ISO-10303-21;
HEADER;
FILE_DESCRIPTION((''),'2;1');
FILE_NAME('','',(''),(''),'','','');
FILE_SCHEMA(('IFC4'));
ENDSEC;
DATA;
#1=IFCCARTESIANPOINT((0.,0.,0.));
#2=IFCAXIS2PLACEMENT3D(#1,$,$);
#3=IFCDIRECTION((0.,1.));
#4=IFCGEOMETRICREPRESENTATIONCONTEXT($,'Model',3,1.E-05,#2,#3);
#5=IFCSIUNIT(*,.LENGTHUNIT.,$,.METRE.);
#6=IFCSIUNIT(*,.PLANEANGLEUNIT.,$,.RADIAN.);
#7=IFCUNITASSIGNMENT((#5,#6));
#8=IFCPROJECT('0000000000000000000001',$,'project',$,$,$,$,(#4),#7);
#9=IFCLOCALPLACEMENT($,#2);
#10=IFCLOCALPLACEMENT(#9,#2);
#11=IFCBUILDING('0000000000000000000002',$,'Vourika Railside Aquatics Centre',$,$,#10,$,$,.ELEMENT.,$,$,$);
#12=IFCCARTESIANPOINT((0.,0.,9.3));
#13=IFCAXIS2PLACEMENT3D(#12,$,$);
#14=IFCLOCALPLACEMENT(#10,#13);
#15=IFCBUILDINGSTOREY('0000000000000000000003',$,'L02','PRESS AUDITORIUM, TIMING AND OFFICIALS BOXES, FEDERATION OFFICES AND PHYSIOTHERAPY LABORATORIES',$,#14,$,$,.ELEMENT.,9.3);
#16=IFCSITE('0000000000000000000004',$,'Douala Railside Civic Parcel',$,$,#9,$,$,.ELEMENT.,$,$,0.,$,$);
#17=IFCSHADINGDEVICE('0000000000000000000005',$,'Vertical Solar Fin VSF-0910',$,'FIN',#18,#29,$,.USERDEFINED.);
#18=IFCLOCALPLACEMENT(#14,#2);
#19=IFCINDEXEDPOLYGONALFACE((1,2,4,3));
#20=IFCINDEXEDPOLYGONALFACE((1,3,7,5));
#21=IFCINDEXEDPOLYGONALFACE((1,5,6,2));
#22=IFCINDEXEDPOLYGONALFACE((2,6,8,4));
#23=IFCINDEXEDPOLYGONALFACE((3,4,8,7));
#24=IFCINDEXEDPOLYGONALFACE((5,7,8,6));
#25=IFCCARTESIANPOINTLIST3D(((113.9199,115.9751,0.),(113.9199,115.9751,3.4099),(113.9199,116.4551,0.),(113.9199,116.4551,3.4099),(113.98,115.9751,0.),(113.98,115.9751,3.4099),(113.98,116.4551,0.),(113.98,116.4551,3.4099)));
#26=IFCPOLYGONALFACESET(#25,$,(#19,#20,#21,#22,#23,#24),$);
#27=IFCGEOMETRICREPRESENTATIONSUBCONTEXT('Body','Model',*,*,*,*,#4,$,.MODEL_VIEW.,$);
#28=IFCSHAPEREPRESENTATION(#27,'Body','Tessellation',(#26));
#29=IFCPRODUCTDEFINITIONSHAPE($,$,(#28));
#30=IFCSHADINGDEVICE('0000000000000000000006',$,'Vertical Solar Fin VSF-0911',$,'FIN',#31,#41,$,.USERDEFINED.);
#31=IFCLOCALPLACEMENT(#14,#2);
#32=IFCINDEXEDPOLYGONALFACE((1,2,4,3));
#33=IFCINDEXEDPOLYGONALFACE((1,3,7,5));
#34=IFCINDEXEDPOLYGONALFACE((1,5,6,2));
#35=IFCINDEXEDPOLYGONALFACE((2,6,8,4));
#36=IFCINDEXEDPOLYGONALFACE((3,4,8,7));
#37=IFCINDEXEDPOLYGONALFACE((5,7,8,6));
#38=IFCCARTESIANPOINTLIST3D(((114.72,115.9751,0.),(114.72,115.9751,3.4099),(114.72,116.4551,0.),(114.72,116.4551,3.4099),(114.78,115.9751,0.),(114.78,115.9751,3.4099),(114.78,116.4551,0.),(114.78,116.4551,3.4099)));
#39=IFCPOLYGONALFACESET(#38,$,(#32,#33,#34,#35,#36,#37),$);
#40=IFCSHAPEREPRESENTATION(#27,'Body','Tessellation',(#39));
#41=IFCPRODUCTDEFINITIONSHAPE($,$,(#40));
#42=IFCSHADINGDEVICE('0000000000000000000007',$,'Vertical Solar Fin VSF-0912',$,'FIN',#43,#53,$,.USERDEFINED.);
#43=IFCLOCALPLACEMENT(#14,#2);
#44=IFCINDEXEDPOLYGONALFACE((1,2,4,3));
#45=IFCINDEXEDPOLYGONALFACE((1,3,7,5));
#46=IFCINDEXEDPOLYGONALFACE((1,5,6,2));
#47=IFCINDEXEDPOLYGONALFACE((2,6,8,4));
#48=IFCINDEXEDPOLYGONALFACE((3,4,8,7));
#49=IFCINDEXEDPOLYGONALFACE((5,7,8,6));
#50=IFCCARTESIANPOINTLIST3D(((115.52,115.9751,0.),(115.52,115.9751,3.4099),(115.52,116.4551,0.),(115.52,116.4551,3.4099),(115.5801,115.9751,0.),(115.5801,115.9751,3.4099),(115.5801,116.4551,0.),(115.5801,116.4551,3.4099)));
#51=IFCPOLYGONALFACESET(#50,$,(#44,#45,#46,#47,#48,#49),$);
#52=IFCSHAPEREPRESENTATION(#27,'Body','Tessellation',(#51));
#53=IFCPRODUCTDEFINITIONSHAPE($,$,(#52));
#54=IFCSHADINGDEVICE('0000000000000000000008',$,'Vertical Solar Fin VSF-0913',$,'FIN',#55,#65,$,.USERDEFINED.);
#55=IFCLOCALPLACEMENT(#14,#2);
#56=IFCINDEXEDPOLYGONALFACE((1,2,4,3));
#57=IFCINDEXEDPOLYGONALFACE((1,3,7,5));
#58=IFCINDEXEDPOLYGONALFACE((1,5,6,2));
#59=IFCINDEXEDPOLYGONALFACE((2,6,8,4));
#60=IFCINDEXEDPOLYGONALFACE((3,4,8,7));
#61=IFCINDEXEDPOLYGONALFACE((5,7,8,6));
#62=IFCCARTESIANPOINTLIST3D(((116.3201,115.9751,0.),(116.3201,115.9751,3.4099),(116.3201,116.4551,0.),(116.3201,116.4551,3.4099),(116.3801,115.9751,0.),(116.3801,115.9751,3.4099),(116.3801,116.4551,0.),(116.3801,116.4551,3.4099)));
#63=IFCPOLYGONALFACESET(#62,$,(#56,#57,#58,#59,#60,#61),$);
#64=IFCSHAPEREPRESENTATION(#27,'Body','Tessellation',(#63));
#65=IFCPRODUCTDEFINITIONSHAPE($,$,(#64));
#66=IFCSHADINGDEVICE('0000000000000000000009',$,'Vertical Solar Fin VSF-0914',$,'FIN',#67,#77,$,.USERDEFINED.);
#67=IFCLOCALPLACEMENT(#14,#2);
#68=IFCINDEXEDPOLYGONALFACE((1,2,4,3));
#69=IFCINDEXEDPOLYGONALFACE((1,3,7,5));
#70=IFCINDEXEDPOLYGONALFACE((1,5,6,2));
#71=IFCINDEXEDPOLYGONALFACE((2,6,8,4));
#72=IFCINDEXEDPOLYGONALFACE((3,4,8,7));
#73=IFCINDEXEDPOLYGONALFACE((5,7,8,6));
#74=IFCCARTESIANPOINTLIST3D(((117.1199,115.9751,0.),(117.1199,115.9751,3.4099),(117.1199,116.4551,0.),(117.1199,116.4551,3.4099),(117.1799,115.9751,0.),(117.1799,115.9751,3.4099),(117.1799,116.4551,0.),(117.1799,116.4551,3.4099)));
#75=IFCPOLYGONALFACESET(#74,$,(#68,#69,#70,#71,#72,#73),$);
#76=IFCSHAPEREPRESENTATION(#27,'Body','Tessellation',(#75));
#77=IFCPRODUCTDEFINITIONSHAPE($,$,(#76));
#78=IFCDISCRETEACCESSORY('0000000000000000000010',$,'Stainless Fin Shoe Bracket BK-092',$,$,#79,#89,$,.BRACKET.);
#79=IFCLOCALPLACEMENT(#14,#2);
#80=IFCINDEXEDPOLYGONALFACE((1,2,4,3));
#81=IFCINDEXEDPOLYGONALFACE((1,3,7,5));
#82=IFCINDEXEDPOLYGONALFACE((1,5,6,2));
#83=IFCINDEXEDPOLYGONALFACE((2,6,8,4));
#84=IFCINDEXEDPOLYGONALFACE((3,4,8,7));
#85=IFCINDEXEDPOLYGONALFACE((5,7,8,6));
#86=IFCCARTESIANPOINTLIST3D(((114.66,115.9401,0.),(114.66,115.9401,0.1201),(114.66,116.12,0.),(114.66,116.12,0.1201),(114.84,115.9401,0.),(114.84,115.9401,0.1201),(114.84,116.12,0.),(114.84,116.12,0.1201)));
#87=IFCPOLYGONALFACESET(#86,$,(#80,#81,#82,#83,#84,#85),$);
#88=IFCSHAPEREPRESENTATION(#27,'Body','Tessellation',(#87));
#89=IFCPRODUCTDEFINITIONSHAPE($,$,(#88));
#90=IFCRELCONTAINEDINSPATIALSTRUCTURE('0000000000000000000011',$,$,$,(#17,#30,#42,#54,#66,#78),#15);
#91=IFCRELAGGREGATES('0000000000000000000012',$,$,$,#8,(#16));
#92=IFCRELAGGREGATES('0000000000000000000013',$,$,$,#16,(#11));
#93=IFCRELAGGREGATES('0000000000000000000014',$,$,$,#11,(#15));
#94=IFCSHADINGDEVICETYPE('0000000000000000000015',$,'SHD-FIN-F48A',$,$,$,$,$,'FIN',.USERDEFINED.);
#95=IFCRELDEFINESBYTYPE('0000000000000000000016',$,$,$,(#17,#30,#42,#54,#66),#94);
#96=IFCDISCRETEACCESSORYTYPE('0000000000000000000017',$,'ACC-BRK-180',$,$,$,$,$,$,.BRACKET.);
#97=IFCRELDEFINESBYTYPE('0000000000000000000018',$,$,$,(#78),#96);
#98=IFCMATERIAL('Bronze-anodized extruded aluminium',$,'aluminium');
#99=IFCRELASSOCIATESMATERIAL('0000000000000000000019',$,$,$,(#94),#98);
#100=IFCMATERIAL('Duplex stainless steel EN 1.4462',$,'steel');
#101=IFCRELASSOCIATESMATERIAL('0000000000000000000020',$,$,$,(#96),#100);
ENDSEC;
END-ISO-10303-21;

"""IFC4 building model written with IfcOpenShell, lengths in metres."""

from ifc_helpers import new_model, si_unit, direction, frame, origin, origin_2d, place, context, subcontext, project, spatial, rectangle, extrude, material, material_profile, profile_set, type_object, element, save


model = new_model("IFC4")

# Units and contexts
model_context = context("Model", 3, precision=1e-05, world=origin(), true_north=direction((0.0, 1.0)))
body_context = subcontext(model_context, "Body", "Model", "MODEL_VIEW")
ifc_project = project(units=[si_unit("LENGTHUNIT", "METRE"), si_unit("PLANEANGLEUNIT", "RADIAN")], contexts=[model_context])

# Site, building, storey
site_placement = place(None, origin())
site = spatial("IfcSite", under=ifc_project, at=site_placement, Name="Douala Railside Civic Parcel", CompositionType="ELEMENT", RefElevation=0.0)
building_placement = place(site_placement, origin())
building = spatial("IfcBuilding", under=site, at=building_placement, Name="Vourika Railside Aquatics Centre", CompositionType="ELEMENT")
storey_placement = place(building_placement, frame((0.0, 0.0, 9.3)))
storey = spatial("IfcBuildingStorey", under=building, at=storey_placement, Name="L02", Description="PRESS AUDITORIUM, TIMING AND OFFICIALS BOXES, FEDERATION OFFICES AND PHYSIOTHERAPY LABORATORIES", CompositionType="ELEMENT", Elevation=9.3)

# Shading devices
ifc_material_1 = material(Name="Bronze-anodized extruded aluminium", Category="aluminium")
ifc_material_profile_1 = material_profile(ifc_material_1, rectangle(XDim=0.0601, YDim=0.48, at=origin_2d()), Name="ALU-FIN 60x480")
ifc_profile_set_1 = profile_set([ifc_material_profile_1], Name="Bronze-anodized extruded aluminium")
shading_device_type = type_object("IfcShadingDeviceType", Name="SHD-FIN-F48A", ElementType="FIN", PredefinedType="USERDEFINED", material=ifc_profile_set_1)
for number, where, z_axis, x_axis, name in (
    (1, (113.95, 116.2151, 0.0), (0.0, 0.0, 1.0), (1.0, 0.0, 0.0), "Vertical Solar Fin VSF-0910"),
    (2, (114.75, 116.2151, 0.0), (0.0, 0.0, 1.0), (1.0, 0.0, 0.0), "Vertical Solar Fin VSF-0911"),
    (3, (115.55, 116.2151, 0.0), (0.0, 0.0, 1.0), (1.0, 0.0, 0.0), "Vertical Solar Fin VSF-0912"),
    (4, (116.3501, 116.2151, 0.0), (0.0, 0.0, 1.0), (1.0, 0.0, 0.0), "Vertical Solar Fin VSF-0913"),
    (5, (117.1499, 116.2151, 0.0), (0.0, 0.0, 1.0), (1.0, 0.0, 0.0), "Vertical Solar Fin VSF-0914"),
):
    element("IfcShadingDevice", number, at=place(storey_placement, frame(where, z_axis=z_axis, x_axis=x_axis)), inside=storey, type_object=shading_device_type, Name=name, ObjectType="FIN", PredefinedType="USERDEFINED", context=body_context, shape_type="SweptSolid", body=[
        extrude(rectangle(XDim=0.0601, YDim=0.48, at=origin_2d()), origin(), (0.0, 0.0, 1.0), 3.4099),
    ])

# Discrete accessory
ifc_material_2 = material(Name="Duplex stainless steel EN 1.4462", Category="steel")
discrete_accessory_type = type_object("IfcDiscreteAccessoryType", Name="ACC-BRK-180", PredefinedType="BRACKET", material=ifc_material_2)
discrete_accessory_placement = place(storey_placement, frame((114.75, 116.03, 0.0), z_axis=(0.0, 0.0, 1.0), x_axis=(0.0, 1.0, 0.0)))
element("IfcDiscreteAccessory", 6, at=discrete_accessory_placement, inside=storey, type_object=discrete_accessory_type, Name="Stainless Fin Shoe Bracket BK-092", PredefinedType="BRACKET", context=body_context, shape_type="SweptSolid", body=[
    extrude(rectangle(XDim=0.1799, YDim=0.1799, at=origin_2d()), origin(), (0.0, 0.0, 1.0), 0.1201),
])

save(model, "model.ifc")
